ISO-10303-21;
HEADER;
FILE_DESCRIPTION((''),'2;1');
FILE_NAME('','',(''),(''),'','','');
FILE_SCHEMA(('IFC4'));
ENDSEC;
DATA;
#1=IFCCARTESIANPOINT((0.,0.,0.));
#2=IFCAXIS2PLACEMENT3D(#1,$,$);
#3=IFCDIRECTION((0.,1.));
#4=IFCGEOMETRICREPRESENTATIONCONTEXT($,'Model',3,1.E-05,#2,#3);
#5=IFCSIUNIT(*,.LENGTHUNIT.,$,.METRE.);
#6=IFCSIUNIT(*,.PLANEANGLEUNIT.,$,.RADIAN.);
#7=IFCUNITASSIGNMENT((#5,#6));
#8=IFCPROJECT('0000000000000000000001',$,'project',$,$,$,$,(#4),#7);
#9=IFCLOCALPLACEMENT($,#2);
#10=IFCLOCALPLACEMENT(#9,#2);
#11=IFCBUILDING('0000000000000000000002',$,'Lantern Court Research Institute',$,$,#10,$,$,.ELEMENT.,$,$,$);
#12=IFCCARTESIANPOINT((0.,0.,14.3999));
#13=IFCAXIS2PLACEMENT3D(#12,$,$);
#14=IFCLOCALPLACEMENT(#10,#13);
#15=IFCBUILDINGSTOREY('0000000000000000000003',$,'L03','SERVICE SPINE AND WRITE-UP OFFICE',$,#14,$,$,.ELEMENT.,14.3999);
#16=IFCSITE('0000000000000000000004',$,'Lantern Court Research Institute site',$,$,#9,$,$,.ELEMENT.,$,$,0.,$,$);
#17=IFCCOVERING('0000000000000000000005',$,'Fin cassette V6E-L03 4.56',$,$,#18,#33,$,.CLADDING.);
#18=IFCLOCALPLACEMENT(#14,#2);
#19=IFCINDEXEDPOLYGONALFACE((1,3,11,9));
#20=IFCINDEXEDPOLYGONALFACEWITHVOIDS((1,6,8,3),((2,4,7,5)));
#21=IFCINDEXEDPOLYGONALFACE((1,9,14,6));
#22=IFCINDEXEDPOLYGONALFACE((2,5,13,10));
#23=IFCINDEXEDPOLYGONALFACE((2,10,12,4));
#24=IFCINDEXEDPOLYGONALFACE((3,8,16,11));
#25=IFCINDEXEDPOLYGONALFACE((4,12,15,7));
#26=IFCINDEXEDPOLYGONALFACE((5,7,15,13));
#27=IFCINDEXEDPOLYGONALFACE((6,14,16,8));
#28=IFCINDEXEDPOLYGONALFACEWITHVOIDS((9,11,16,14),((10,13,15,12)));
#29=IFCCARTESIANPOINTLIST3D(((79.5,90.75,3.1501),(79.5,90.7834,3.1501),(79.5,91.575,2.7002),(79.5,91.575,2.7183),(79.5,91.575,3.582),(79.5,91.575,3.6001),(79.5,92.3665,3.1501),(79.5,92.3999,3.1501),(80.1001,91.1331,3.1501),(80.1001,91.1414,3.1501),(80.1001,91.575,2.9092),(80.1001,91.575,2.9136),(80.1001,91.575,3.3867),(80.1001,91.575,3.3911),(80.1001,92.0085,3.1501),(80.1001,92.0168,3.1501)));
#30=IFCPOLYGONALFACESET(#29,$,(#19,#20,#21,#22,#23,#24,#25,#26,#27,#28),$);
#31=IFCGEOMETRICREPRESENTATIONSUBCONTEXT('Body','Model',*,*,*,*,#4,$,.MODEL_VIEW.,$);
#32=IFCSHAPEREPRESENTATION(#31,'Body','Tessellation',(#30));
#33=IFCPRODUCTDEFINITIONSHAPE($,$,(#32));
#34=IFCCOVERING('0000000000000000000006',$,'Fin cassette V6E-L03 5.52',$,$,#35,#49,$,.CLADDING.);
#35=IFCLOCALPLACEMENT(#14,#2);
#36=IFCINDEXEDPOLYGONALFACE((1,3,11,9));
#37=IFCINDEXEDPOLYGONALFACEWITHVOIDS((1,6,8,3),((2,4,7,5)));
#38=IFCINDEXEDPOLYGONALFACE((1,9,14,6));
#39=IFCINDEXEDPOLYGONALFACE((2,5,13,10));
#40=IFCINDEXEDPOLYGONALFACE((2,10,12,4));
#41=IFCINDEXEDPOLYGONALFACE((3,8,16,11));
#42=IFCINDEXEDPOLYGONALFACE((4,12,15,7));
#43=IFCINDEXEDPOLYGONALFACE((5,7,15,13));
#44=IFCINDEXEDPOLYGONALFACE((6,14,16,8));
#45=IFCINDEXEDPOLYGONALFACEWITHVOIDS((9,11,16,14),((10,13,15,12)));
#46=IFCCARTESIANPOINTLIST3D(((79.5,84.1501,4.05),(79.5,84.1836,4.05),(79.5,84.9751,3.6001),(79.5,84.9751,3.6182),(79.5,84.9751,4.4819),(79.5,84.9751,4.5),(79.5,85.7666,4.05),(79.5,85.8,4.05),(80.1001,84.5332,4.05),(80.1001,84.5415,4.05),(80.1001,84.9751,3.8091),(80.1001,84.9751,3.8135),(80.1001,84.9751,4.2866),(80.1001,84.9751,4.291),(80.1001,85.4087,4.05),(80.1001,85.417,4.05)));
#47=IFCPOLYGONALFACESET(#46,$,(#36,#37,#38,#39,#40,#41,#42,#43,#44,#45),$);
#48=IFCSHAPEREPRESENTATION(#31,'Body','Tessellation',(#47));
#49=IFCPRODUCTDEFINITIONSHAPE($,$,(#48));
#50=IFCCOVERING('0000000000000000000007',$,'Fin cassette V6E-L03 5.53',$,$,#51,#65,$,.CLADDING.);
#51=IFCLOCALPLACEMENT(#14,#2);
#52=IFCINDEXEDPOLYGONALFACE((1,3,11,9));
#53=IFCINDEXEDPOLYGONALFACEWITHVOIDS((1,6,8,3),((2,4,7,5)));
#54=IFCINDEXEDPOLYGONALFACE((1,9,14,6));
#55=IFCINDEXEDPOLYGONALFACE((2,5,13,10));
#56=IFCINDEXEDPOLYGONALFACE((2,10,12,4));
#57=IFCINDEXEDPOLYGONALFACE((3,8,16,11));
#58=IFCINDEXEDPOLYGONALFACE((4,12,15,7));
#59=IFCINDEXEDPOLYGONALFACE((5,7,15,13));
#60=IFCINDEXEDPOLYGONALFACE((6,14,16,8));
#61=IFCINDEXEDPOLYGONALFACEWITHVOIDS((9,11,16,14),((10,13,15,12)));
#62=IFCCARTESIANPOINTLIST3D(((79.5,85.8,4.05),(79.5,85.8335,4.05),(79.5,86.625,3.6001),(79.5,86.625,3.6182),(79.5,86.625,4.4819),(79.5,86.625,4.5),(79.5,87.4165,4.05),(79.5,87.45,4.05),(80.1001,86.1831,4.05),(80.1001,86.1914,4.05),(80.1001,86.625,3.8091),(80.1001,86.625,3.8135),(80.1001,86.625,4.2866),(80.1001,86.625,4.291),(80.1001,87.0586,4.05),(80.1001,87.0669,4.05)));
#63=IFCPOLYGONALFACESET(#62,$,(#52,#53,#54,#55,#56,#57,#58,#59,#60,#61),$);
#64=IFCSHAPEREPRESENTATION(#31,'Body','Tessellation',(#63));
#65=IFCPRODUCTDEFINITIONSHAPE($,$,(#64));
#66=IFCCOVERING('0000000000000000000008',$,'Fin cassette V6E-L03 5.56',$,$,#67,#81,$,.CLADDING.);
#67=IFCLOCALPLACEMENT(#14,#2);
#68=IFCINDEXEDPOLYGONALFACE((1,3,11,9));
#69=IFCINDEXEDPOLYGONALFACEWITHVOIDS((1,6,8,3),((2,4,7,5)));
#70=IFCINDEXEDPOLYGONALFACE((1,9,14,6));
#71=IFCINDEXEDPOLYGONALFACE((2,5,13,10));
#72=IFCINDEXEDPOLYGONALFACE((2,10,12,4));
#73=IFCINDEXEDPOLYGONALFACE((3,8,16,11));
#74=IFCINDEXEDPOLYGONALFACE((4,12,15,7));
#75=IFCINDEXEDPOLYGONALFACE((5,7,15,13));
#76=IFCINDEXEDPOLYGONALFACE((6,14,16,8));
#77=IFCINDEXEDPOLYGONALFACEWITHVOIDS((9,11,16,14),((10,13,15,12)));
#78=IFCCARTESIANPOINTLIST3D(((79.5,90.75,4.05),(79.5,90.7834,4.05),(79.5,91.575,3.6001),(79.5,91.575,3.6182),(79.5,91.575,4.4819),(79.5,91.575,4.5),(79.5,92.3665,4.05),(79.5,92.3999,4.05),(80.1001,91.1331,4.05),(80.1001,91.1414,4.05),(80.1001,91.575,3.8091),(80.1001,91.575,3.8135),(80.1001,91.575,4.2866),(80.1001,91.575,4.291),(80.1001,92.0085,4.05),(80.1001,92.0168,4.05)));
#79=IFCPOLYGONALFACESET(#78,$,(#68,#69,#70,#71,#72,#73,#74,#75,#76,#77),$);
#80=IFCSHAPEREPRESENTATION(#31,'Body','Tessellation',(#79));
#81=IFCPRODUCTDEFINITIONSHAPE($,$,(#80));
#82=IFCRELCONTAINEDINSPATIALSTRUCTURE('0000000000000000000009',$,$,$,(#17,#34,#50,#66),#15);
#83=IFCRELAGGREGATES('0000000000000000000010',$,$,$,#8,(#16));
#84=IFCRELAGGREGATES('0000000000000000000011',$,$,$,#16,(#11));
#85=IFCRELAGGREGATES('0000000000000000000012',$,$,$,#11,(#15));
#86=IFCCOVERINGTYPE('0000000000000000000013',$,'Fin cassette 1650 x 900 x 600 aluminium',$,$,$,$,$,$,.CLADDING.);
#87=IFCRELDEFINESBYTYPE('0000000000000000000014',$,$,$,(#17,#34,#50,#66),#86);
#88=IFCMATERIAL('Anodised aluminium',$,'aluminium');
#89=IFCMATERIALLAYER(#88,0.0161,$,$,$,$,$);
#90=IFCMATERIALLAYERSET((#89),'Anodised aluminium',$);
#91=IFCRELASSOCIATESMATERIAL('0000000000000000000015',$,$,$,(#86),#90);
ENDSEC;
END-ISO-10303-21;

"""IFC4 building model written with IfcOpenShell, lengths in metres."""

from ifc_helpers import new_model, entity, si_unit, direction, frame, origin, place, context, subcontext, project, spatial, material, layer, layer_set, type_object, element, save


model = new_model("IFC4")

# Units and contexts
model_context = context("Model", 3, precision=1e-05, world=origin(), true_north=direction((0.0, 1.0)))
body_context = subcontext(model_context, "Body", "Model", "MODEL_VIEW")
ifc_project = project(units=[si_unit("LENGTHUNIT", "METRE"), si_unit("PLANEANGLEUNIT", "RADIAN")], contexts=[model_context])

# Site, building, storey
site_placement = place(None, origin())
site = spatial("IfcSite", under=ifc_project, at=site_placement, Name="Lantern Court Research Institute site", CompositionType="ELEMENT", RefElevation=0.0)
building_placement = place(site_placement, origin())
building = spatial("IfcBuilding", under=site, at=building_placement, Name="Lantern Court Research Institute", CompositionType="ELEMENT")
storey_placement = place(building_placement, frame((0.0, 0.0, 14.3999)))
storey = spatial("IfcBuildingStorey", under=building, at=storey_placement, Name="L03", Description="SERVICE SPINE AND WRITE-UP OFFICE", CompositionType="ELEMENT", Elevation=14.3999)

# Coverings
ifc_material_1 = material(Name="Anodised aluminium", Category="aluminium")
ifc_layer_1 = layer(ifc_material_1, 0.0161)
ifc_layer_set_1 = layer_set([ifc_layer_1], Name="Anodised aluminium")
covering_type_1 = type_object("IfcCoveringType", Name="Fin cassette 1650 x 900 x 600 aluminium", PredefinedType="CLADDING", material=ifc_layer_set_1)
covering_1_placement = place(storey_placement, frame((79.5, 91.575, 3.1501), z_axis=(1.0, 0.0, 0.0), x_axis=(0.0, 1.0, 0.0)))
cartesian_point_1 = entity("IfcCartesianPoint", [0.825, 0.0])
cartesian_point_2 = entity("IfcCartesianPoint", [0.7915, 0.0])
cartesian_point_3 = entity("IfcCartesianPoint", [0.4419, 0.0])
cartesian_point_4 = entity("IfcCartesianPoint", [0.4336, 0.0])
element("IfcCovering", 1, at=covering_1_placement, inside=storey, type_object=covering_type_1, Name="Fin cassette V6E-L03 4.56", PredefinedType="CLADDING", context=body_context, shape_type="SweptSolid", body=[
    entity("IfcExtrudedAreaSolidTapered", entity("IfcArbitraryProfileDefWithVoids", "AREA", None, entity("IfcPolyline", [cartesian_point_1, entity("IfcCartesianPoint", [0.0, 0.45]), entity("IfcCartesianPoint", [-0.825, 0.0]), entity("IfcCartesianPoint", [0.0, -0.45]), cartesian_point_1]), [entity("IfcPolyline", [cartesian_point_2, entity("IfcCartesianPoint", [0.0, 0.4319]), entity("IfcCartesianPoint", [-0.7915, 0.0]), entity("IfcCartesianPoint", [0.0, -0.4319]), cartesian_point_2])]), entity("IfcAxis2Placement3D", entity("IfcCartesianPoint", [0.0, 0.0, 0.0])), entity("IfcDirection", [0.0, 0.0, 1.0]), 0.6001, entity("IfcArbitraryProfileDefWithVoids", "AREA", None, entity("IfcPolyline", [cartesian_point_3, entity("IfcCartesianPoint", [0.0, 0.241]), entity("IfcCartesianPoint", [-0.4419, 0.0]), entity("IfcCartesianPoint", [0.0, -0.241]), cartesian_point_3]), [entity("IfcPolyline", [cartesian_point_4, entity("IfcCartesianPoint", [0.0, 0.2366]), entity("IfcCartesianPoint", [-0.4336, 0.0]), entity("IfcCartesianPoint", [0.0, -0.2366]), cartesian_point_4])])),
])
covering_2_placement = place(storey_placement, frame((79.5, 84.9751, 4.05), z_axis=(1.0, 0.0, 0.0), x_axis=(0.0, 1.0, 0.0)))
cartesian_point_5 = entity("IfcCartesianPoint", [0.825, 0.0])
cartesian_point_6 = entity("IfcCartesianPoint", [0.7915, 0.0])
cartesian_point_7 = entity("IfcCartesianPoint", [0.4419, 0.0])
cartesian_point_8 = entity("IfcCartesianPoint", [0.4336, 0.0])
element("IfcCovering", 2, at=covering_2_placement, inside=storey, type_object=covering_type_1, Name="Fin cassette V6E-L03 5.52", PredefinedType="CLADDING", context=body_context, shape_type="SweptSolid", body=[
    entity("IfcExtrudedAreaSolidTapered", entity("IfcArbitraryProfileDefWithVoids", "AREA", None, entity("IfcPolyline", [cartesian_point_5, entity("IfcCartesianPoint", [0.0, 0.45]), entity("IfcCartesianPoint", [-0.825, 0.0]), entity("IfcCartesianPoint", [0.0, -0.45]), cartesian_point_5]), [entity("IfcPolyline", [cartesian_point_6, entity("IfcCartesianPoint", [0.0, 0.4319]), entity("IfcCartesianPoint", [-0.7915, 0.0]), entity("IfcCartesianPoint", [0.0, -0.4319]), cartesian_point_6])]), entity("IfcAxis2Placement3D", entity("IfcCartesianPoint", [0.0, 0.0, 0.0])), entity("IfcDirection", [0.0, 0.0, 1.0]), 0.6001, entity("IfcArbitraryProfileDefWithVoids", "AREA", None, entity("IfcPolyline", [cartesian_point_7, entity("IfcCartesianPoint", [0.0, 0.241]), entity("IfcCartesianPoint", [-0.4419, 0.0]), entity("IfcCartesianPoint", [0.0, -0.241]), cartesian_point_7]), [entity("IfcPolyline", [cartesian_point_8, entity("IfcCartesianPoint", [0.0, 0.2366]), entity("IfcCartesianPoint", [-0.4336, 0.0]), entity("IfcCartesianPoint", [0.0, -0.2366]), cartesian_point_8])])),
])
covering_3_placement = place(storey_placement, frame((79.5, 86.625, 4.05), z_axis=(1.0, 0.0, 0.0), x_axis=(0.0, 1.0, 0.0)))
cartesian_point_9 = entity("IfcCartesianPoint", [0.825, 0.0])
cartesian_point_10 = entity("IfcCartesianPoint", [0.7915, 0.0])
cartesian_point_11 = entity("IfcCartesianPoint", [0.4419, 0.0])
cartesian_point_12 = entity("IfcCartesianPoint", [0.4336, 0.0])
element("IfcCovering", 3, at=covering_3_placement, inside=storey, type_object=covering_type_1, Name="Fin cassette V6E-L03 5.53", PredefinedType="CLADDING", context=body_context, shape_type="SweptSolid", body=[
    entity("IfcExtrudedAreaSolidTapered", entity("IfcArbitraryProfileDefWithVoids", "AREA", None, entity("IfcPolyline", [cartesian_point_9, entity("IfcCartesianPoint", [0.0, 0.45]), entity("IfcCartesianPoint", [-0.825, 0.0]), entity("IfcCartesianPoint", [0.0, -0.45]), cartesian_point_9]), [entity("IfcPolyline", [cartesian_point_10, entity("IfcCartesianPoint", [0.0, 0.4319]), entity("IfcCartesianPoint", [-0.7915, 0.0]), entity("IfcCartesianPoint", [0.0, -0.4319]), cartesian_point_10])]), entity("IfcAxis2Placement3D", entity("IfcCartesianPoint", [0.0, 0.0, 0.0])), entity("IfcDirection", [0.0, 0.0, 1.0]), 0.6001, entity("IfcArbitraryProfileDefWithVoids", "AREA", None, entity("IfcPolyline", [cartesian_point_11, entity("IfcCartesianPoint", [0.0, 0.241]), entity("IfcCartesianPoint", [-0.4419, 0.0]), entity("IfcCartesianPoint", [0.0, -0.241]), cartesian_point_11]), [entity("IfcPolyline", [cartesian_point_12, entity("IfcCartesianPoint", [0.0, 0.2366]), entity("IfcCartesianPoint", [-0.4336, 0.0]), entity("IfcCartesianPoint", [0.0, -0.2366]), cartesian_point_12])])),
])
covering_4_placement = place(storey_placement, frame((79.5, 91.575, 4.05), z_axis=(1.0, 0.0, 0.0), x_axis=(0.0, 1.0, 0.0)))
cartesian_point_13 = entity("IfcCartesianPoint", [0.825, 0.0])
cartesian_point_14 = entity("IfcCartesianPoint", [0.7915, 0.0])
cartesian_point_15 = entity("IfcCartesianPoint", [0.4419, 0.0])
cartesian_point_16 = entity("IfcCartesianPoint", [0.4336, 0.0])
element("IfcCovering", 4, at=covering_4_placement, inside=storey, type_object=covering_type_1, Name="Fin cassette V6E-L03 5.56", PredefinedType="CLADDING", context=body_context, shape_type="SweptSolid", body=[
    entity("IfcExtrudedAreaSolidTapered", entity("IfcArbitraryProfileDefWithVoids", "AREA", None, entity("IfcPolyline", [cartesian_point_13, entity("IfcCartesianPoint", [0.0, 0.45]), entity("IfcCartesianPoint", [-0.825, 0.0]), entity("IfcCartesianPoint", [0.0, -0.45]), cartesian_point_13]), [entity("IfcPolyline", [cartesian_point_14, entity("IfcCartesianPoint", [0.0, 0.4319]), entity("IfcCartesianPoint", [-0.7915, 0.0]), entity("IfcCartesianPoint", [0.0, -0.4319]), cartesian_point_14])]), entity("IfcAxis2Placement3D", entity("IfcCartesianPoint", [0.0, 0.0, 0.0])), entity("IfcDirection", [0.0, 0.0, 1.0]), 0.6001, entity("IfcArbitraryProfileDefWithVoids", "AREA", None, entity("IfcPolyline", [cartesian_point_15, entity("IfcCartesianPoint", [0.0, 0.241]), entity("IfcCartesianPoint", [-0.4419, 0.0]), entity("IfcCartesianPoint", [0.0, -0.241]), cartesian_point_15]), [entity("IfcPolyline", [cartesian_point_16, entity("IfcCartesianPoint", [0.0, 0.2366]), entity("IfcCartesianPoint", [-0.4336, 0.0]), entity("IfcCartesianPoint", [0.0, -0.2366]), cartesian_point_16])])),
])

save(model, "model.ifc")
